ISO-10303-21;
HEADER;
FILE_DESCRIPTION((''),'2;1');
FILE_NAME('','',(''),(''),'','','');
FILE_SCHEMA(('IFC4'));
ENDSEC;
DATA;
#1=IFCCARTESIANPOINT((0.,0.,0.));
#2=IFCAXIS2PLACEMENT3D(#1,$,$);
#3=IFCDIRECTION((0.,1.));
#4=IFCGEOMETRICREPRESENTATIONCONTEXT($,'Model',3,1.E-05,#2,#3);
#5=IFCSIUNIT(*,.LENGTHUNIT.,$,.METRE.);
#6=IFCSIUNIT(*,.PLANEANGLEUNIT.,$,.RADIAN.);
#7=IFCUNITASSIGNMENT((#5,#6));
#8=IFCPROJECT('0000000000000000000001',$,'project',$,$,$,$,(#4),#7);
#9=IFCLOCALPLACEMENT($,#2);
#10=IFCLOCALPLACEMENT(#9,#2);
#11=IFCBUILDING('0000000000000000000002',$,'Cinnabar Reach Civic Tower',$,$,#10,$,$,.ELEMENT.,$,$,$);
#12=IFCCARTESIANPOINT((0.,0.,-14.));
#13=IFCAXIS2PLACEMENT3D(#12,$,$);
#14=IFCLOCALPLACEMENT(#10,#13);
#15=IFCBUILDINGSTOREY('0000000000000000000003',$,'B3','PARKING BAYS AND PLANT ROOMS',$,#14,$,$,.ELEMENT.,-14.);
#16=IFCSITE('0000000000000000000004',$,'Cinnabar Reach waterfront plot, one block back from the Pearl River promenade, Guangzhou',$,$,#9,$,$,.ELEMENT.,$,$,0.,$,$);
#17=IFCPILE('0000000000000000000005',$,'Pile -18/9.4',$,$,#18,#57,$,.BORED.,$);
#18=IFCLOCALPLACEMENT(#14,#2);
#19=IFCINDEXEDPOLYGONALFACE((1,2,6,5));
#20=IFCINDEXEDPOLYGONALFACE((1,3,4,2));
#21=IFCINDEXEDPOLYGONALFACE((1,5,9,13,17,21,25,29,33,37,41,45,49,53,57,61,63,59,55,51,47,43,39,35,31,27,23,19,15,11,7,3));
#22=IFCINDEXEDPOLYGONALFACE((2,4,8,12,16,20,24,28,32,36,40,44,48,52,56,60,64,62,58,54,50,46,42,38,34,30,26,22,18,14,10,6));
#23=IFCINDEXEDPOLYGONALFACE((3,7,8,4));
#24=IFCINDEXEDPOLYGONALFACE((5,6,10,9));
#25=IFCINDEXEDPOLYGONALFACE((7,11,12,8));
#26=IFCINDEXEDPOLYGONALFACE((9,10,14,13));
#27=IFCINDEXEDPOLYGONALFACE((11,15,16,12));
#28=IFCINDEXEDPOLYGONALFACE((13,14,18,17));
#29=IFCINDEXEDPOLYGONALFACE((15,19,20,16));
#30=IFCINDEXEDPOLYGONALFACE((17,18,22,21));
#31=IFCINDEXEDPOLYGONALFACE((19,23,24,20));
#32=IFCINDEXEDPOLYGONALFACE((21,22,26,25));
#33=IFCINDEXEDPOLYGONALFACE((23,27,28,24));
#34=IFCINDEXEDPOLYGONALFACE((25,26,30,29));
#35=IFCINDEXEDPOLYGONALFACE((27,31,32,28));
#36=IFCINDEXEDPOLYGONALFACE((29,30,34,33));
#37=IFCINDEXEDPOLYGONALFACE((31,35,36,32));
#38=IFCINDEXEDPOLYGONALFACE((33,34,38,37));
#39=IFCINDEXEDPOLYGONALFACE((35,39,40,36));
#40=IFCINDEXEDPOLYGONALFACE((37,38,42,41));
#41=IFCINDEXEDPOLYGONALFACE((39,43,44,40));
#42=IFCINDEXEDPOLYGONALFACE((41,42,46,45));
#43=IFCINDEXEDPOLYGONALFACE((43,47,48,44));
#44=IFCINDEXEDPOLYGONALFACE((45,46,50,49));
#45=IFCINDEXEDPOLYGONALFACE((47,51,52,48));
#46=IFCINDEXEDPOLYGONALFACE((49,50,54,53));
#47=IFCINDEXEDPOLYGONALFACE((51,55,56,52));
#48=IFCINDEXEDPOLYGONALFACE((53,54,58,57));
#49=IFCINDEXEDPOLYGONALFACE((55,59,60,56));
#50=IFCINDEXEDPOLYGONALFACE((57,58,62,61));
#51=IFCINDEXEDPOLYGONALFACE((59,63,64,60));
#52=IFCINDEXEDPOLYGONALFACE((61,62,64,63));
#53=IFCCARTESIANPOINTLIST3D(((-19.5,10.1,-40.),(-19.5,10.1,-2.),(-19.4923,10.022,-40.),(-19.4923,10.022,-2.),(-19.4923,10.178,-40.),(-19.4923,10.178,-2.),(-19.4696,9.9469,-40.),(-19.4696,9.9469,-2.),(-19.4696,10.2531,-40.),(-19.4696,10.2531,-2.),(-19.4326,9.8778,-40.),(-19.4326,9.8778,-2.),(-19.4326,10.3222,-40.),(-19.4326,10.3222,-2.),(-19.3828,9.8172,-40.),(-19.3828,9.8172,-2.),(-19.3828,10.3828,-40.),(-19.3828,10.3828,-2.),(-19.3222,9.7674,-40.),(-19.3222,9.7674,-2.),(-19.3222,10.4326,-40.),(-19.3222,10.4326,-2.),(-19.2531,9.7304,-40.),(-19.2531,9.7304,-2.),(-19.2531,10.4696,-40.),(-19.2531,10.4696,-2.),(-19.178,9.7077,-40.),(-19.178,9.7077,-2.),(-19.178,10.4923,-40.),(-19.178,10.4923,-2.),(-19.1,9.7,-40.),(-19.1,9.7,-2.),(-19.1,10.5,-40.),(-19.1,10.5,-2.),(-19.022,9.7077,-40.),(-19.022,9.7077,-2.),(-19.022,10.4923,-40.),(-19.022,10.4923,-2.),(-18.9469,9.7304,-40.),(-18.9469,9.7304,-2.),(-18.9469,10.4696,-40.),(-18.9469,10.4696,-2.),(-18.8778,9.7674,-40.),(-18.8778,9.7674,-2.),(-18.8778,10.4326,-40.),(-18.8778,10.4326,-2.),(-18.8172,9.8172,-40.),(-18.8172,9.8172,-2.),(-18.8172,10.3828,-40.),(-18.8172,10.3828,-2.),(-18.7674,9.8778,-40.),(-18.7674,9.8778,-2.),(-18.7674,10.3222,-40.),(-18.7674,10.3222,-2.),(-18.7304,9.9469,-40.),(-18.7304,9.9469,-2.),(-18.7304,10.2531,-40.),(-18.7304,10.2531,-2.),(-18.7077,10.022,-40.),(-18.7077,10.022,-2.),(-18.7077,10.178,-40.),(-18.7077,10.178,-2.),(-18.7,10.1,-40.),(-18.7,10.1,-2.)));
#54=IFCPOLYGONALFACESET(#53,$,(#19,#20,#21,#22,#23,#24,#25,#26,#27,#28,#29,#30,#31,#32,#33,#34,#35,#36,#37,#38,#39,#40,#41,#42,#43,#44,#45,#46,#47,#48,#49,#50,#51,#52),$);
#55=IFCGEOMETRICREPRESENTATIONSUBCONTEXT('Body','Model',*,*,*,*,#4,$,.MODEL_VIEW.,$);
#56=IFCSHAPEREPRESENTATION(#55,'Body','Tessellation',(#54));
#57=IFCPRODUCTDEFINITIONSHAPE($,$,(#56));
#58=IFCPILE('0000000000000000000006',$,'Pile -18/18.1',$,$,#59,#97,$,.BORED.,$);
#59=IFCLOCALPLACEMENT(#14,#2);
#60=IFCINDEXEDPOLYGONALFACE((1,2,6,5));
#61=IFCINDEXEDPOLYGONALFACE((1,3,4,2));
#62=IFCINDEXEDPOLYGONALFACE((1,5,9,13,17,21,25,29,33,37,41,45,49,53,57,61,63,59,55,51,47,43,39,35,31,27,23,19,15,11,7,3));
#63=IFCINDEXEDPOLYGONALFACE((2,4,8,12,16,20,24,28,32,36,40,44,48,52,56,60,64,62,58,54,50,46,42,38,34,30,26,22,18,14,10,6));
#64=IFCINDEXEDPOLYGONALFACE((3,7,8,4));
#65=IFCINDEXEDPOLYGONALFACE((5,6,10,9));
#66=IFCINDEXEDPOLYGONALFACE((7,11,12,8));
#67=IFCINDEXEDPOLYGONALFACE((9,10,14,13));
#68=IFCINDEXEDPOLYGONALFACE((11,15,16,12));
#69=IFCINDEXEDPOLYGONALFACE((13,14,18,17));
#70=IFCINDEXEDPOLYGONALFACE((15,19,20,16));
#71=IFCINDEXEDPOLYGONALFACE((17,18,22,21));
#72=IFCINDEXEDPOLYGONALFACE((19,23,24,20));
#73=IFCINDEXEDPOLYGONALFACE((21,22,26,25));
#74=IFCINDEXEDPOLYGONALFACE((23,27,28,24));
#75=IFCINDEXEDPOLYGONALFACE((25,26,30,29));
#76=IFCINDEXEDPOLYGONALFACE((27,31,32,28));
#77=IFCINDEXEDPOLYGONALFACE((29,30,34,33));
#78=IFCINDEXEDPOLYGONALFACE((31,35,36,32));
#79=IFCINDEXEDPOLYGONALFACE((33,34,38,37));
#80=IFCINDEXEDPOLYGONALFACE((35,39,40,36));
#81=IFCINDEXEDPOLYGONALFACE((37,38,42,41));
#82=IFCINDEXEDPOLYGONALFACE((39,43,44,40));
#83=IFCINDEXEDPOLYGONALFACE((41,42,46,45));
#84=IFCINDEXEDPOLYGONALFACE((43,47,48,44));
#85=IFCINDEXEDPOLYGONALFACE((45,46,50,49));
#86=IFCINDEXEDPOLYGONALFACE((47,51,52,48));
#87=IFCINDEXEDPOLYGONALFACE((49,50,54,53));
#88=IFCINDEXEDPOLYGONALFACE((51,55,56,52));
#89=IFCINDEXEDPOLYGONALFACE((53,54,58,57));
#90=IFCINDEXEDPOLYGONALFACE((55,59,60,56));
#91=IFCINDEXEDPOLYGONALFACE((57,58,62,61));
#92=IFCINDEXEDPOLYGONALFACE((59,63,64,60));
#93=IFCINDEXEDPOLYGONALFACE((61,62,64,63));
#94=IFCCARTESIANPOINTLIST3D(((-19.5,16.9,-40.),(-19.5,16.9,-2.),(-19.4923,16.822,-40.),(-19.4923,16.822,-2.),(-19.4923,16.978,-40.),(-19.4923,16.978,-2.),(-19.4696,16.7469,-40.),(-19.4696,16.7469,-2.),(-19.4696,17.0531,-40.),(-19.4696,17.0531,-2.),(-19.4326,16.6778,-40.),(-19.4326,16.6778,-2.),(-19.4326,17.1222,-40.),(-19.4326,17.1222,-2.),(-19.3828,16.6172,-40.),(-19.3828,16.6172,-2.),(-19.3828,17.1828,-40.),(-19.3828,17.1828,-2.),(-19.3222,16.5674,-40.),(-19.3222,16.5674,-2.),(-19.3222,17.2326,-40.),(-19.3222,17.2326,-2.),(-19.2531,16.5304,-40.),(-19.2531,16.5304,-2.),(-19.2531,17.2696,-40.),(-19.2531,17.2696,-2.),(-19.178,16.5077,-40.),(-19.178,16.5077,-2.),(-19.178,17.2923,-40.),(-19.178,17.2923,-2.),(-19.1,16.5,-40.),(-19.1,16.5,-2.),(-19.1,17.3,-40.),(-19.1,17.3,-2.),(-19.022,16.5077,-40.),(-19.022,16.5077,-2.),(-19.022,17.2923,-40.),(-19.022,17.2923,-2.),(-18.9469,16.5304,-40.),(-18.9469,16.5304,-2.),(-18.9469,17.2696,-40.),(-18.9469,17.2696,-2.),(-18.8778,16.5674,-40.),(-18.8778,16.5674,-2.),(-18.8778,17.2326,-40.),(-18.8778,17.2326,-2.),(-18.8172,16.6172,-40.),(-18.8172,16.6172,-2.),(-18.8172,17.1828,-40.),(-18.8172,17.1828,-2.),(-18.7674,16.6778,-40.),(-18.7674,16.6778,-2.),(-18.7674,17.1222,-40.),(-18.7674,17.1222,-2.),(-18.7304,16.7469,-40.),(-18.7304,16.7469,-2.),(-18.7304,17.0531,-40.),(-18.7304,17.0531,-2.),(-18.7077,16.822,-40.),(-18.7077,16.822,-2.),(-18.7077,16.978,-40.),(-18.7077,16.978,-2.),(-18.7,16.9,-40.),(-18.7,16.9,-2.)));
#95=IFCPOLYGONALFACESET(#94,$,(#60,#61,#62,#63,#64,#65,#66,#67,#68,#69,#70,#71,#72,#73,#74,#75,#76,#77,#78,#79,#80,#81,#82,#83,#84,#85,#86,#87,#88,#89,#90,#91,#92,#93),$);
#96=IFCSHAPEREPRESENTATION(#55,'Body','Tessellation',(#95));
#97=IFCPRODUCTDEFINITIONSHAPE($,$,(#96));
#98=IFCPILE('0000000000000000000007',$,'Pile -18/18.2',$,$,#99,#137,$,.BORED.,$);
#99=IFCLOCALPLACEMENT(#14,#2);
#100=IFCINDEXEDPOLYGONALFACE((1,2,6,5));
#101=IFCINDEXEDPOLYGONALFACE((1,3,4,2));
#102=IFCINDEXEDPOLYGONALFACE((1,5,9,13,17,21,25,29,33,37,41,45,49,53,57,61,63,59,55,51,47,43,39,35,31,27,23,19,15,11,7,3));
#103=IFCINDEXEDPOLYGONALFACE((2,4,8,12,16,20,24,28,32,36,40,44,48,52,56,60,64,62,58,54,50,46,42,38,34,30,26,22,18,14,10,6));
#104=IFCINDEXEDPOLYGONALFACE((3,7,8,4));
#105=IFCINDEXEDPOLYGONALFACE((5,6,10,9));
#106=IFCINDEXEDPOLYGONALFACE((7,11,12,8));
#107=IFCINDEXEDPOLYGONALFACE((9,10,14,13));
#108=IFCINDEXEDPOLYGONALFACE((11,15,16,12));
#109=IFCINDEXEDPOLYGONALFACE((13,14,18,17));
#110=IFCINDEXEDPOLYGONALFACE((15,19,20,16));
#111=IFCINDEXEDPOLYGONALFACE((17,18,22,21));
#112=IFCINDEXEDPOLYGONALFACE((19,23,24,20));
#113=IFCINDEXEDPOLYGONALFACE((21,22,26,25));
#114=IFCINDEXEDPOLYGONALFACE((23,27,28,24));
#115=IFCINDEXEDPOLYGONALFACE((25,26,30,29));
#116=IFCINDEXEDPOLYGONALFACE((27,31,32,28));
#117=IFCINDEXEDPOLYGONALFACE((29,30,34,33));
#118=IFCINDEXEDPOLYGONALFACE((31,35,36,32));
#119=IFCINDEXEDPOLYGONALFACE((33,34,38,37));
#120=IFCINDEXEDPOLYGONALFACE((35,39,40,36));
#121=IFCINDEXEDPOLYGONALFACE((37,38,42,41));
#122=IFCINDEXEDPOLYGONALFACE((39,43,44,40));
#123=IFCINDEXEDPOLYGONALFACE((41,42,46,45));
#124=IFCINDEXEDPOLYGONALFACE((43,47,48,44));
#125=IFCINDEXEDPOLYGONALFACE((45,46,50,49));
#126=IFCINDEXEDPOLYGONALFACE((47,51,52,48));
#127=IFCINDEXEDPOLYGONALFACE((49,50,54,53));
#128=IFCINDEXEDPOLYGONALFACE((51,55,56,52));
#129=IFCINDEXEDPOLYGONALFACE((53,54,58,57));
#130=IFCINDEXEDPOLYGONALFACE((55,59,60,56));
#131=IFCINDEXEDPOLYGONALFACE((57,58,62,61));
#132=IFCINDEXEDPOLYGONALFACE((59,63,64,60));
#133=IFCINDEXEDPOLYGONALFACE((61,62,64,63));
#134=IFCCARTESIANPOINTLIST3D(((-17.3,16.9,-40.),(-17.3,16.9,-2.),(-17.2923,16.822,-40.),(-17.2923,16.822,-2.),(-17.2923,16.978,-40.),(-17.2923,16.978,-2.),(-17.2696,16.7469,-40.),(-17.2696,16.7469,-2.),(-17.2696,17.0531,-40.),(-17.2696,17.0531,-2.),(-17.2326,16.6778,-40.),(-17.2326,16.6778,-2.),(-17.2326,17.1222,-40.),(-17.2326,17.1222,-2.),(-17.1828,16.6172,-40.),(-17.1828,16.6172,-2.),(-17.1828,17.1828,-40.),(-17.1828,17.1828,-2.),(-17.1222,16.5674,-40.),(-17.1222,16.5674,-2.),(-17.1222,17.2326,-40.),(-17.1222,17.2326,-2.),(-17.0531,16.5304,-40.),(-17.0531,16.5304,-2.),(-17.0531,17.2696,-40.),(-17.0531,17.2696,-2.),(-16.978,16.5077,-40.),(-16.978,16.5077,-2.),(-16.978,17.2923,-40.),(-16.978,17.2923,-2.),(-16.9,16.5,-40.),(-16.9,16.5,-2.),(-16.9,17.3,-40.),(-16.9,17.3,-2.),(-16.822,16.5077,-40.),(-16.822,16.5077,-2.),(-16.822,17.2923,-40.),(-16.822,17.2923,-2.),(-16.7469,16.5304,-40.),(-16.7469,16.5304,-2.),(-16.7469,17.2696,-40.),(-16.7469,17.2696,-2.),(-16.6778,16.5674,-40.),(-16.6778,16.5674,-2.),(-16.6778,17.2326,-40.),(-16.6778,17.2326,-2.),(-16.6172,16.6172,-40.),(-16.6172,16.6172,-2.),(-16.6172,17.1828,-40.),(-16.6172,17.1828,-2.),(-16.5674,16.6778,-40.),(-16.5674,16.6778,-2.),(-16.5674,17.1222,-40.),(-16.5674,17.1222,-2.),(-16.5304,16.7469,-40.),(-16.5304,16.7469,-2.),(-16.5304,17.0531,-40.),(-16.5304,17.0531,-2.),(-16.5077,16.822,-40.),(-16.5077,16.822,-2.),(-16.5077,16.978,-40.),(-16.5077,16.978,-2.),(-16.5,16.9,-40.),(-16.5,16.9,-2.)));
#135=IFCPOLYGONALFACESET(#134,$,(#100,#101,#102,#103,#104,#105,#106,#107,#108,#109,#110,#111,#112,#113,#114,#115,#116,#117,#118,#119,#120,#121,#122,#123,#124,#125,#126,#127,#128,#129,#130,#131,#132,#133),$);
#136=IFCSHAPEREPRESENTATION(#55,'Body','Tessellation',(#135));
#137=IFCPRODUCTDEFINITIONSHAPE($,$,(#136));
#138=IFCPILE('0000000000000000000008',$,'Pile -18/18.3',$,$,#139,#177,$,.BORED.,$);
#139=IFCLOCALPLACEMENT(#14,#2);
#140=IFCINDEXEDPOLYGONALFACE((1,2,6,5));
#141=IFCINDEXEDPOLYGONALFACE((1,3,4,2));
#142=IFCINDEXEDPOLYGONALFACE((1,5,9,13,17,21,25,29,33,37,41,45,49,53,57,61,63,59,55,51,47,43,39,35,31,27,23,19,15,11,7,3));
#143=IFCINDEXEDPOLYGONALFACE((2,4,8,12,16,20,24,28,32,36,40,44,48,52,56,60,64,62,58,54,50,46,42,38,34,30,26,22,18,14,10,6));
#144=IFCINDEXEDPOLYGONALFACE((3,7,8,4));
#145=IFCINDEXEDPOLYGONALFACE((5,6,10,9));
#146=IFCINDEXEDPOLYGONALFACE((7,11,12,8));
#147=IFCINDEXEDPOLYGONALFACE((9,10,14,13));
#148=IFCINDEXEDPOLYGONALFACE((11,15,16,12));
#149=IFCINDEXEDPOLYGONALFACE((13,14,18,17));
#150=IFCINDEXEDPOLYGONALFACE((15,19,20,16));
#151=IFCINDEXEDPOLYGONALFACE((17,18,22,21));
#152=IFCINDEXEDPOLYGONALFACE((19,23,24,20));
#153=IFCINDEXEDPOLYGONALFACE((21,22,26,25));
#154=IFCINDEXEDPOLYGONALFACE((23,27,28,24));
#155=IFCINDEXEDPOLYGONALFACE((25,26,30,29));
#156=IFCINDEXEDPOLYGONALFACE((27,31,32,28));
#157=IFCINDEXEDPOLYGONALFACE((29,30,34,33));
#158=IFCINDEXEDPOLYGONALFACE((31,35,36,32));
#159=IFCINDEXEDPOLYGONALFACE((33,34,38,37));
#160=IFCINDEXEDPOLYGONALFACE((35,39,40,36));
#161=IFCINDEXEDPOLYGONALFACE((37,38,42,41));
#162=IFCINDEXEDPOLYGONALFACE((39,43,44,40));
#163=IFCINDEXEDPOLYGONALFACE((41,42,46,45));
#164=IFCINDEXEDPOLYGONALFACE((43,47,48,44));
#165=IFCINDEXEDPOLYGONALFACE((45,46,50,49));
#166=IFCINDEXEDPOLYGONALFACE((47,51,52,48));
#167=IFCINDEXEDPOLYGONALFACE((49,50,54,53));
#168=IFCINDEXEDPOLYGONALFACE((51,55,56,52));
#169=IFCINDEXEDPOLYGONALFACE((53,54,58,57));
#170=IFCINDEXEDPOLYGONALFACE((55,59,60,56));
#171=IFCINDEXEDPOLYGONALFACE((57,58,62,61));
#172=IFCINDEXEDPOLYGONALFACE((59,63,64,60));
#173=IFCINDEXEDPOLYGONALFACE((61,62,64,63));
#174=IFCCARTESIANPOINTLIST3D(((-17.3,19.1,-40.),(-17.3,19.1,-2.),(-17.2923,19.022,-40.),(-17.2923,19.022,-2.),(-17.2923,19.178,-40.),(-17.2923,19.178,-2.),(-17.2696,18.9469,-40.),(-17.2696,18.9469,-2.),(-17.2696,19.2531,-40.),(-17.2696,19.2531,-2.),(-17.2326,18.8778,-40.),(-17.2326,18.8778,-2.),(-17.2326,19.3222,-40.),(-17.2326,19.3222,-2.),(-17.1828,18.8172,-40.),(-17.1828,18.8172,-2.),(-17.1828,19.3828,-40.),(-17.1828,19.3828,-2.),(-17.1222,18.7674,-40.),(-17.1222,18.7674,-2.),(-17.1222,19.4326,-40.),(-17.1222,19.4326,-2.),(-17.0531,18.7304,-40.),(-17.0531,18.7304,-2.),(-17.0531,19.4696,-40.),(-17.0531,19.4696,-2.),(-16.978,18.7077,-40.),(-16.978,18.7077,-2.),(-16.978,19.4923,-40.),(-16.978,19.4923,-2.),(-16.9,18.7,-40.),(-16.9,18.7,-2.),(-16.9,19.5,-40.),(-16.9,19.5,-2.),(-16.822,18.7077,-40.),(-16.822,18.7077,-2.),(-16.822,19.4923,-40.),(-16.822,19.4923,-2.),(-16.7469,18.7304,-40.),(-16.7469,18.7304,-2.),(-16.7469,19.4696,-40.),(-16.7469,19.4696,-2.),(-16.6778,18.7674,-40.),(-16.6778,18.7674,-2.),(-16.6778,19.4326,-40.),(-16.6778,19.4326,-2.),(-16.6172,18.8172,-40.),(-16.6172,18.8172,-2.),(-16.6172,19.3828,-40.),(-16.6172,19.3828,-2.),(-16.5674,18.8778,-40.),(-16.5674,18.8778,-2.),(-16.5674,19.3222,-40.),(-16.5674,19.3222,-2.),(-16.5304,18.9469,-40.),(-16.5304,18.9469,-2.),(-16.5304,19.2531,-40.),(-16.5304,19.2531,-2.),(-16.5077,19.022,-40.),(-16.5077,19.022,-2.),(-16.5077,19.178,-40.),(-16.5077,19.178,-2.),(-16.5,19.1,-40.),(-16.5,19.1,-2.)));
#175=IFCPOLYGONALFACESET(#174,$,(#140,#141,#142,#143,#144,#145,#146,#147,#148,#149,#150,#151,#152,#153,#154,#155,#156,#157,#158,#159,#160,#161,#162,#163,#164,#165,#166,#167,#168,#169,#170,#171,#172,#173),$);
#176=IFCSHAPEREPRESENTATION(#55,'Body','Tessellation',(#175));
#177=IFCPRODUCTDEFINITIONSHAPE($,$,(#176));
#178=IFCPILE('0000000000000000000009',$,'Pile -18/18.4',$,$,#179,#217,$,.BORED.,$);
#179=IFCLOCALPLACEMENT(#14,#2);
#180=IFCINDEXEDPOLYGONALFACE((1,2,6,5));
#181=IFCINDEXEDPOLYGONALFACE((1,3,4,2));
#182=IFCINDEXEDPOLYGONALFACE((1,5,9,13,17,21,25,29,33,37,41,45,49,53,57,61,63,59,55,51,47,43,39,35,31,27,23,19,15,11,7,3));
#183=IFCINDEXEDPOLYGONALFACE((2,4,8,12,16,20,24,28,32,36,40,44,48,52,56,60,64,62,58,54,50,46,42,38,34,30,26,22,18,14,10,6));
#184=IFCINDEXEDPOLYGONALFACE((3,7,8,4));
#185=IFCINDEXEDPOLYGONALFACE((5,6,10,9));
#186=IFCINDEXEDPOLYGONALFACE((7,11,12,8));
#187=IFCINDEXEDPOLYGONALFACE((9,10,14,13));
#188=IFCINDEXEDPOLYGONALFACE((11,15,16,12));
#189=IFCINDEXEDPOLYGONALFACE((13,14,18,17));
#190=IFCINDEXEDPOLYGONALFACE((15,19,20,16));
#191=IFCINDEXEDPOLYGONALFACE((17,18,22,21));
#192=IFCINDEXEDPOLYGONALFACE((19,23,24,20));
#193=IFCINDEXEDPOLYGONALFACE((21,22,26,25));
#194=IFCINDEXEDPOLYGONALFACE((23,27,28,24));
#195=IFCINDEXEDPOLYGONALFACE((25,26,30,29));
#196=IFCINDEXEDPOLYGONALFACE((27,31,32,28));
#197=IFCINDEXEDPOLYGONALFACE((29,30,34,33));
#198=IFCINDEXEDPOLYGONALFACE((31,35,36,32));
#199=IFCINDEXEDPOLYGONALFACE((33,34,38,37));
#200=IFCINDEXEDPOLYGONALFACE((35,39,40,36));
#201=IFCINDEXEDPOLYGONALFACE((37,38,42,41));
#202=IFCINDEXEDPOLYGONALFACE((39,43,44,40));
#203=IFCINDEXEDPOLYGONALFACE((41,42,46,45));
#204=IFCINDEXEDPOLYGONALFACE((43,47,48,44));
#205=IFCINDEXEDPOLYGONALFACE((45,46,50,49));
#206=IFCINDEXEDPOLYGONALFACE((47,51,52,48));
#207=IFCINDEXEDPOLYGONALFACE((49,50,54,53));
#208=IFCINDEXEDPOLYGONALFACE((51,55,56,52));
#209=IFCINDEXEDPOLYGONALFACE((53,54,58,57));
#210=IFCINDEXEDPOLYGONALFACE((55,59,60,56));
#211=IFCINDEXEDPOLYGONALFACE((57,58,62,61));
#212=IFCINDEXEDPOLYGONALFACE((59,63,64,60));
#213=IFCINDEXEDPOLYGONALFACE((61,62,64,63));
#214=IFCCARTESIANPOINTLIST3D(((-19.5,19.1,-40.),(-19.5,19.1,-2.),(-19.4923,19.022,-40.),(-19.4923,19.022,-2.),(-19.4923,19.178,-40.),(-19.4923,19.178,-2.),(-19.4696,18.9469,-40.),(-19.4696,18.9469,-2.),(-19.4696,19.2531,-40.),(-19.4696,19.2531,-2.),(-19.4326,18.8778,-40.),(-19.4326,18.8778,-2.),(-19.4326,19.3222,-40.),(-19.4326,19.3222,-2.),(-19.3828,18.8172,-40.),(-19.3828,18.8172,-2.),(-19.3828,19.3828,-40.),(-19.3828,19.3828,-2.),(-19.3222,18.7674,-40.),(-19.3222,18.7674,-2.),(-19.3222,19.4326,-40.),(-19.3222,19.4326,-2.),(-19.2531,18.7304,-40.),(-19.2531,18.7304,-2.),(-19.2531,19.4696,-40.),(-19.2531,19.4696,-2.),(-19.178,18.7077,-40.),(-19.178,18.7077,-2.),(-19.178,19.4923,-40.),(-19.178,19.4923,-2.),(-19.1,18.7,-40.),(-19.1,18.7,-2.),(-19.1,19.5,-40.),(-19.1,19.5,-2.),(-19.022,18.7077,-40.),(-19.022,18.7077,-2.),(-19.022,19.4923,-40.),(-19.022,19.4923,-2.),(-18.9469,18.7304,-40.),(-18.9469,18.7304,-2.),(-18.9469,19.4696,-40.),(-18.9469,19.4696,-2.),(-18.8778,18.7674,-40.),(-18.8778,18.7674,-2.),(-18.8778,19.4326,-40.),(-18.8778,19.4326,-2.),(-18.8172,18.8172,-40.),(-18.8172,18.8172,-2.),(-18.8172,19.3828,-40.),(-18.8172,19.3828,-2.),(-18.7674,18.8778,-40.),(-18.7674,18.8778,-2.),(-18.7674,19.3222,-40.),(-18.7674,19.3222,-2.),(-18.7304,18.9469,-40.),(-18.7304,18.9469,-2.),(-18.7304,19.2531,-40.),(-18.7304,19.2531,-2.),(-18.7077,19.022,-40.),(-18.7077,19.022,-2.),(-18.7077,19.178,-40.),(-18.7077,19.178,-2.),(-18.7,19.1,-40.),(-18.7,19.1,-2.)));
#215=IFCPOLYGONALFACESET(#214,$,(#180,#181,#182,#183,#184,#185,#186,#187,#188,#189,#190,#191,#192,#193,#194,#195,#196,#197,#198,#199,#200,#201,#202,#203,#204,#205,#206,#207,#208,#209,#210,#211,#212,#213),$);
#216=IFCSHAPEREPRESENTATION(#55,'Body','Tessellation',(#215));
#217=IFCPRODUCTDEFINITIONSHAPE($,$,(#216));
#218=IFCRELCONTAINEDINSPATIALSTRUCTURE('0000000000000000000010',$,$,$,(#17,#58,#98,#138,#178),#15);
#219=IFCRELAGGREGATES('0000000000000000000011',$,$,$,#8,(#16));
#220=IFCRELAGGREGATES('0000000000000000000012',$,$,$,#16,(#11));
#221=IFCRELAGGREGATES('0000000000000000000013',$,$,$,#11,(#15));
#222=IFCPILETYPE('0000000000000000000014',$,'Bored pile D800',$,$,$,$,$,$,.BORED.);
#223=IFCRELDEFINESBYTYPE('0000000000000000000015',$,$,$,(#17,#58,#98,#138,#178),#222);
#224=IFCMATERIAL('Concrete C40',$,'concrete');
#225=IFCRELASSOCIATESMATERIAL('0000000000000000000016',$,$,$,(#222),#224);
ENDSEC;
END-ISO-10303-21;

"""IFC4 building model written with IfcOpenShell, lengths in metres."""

from ifc_helpers import new_model, si_unit, direction, frame, origin, origin_2d, place, context, subcontext, project, spatial, circle, extrude, material, type_object, element, save


model = new_model("IFC4")

# Units and contexts
model_context = context("Model", 3, precision=1e-05, world=origin(), true_north=direction((0.0, 1.0)))
body_context = subcontext(model_context, "Body", "Model", "MODEL_VIEW")
ifc_project = project(units=[si_unit("LENGTHUNIT", "METRE"), si_unit("PLANEANGLEUNIT", "RADIAN")], contexts=[model_context])

# Site, building, storey
site_placement = place(None, origin())
site = spatial("IfcSite", under=ifc_project, at=site_placement, Name="Cinnabar Reach waterfront plot, one block back from the Pearl River promenade, Guangzhou", CompositionType="ELEMENT", RefElevation=0.0)
building_placement = place(site_placement, origin())
building = spatial("IfcBuilding", under=site, at=building_placement, Name="Cinnabar Reach Civic Tower", CompositionType="ELEMENT")
storey_placement = place(building_placement, frame((0.0, 0.0, -14.0)))
storey = spatial("IfcBuildingStorey", under=building, at=storey_placement, Name="B3", Description="PARKING BAYS AND PLANT ROOMS", CompositionType="ELEMENT", Elevation=-14.0)

# Piles
ifc_material_1 = material(Name="Concrete C40", Category="concrete")
pile_type = type_object("IfcPileType", Name="Bored pile D800", PredefinedType="BORED", material=ifc_material_1)
for number, where, z_axis, x_axis, name in (
    (1, (-19.1, 10.1, -2.0), (0.0, 0.0, -1.0), (1.0, 0.0, 0.0), "Pile -18/9.4"),
    (2, (-19.1, 16.9, -2.0), (0.0, 0.0, -1.0), (1.0, 0.0, 0.0), "Pile -18/18.1"),
    (3, (-16.9, 16.9, -2.0), (0.0, 0.0, -1.0), (1.0, 0.0, 0.0), "Pile -18/18.2"),
    (4, (-16.9, 19.1, -2.0), (0.0, 0.0, -1.0), (1.0, 0.0, 0.0), "Pile -18/18.3"),
    (5, (-19.1, 19.1, -2.0), (0.0, 0.0, -1.0), (1.0, 0.0, 0.0), "Pile -18/18.4"),
):
    element("IfcPile", number, at=place(storey_placement, frame(where, z_axis=z_axis, x_axis=x_axis)), inside=storey, type_object=pile_type, Name=name, PredefinedType="BORED", context=body_context, shape_type="SweptSolid", body=[
        extrude(circle(Radius=0.4, at=origin_2d()), origin(), (0.0, 0.0, 1.0), 38.0),
    ])

save(model, "model.ifc")
